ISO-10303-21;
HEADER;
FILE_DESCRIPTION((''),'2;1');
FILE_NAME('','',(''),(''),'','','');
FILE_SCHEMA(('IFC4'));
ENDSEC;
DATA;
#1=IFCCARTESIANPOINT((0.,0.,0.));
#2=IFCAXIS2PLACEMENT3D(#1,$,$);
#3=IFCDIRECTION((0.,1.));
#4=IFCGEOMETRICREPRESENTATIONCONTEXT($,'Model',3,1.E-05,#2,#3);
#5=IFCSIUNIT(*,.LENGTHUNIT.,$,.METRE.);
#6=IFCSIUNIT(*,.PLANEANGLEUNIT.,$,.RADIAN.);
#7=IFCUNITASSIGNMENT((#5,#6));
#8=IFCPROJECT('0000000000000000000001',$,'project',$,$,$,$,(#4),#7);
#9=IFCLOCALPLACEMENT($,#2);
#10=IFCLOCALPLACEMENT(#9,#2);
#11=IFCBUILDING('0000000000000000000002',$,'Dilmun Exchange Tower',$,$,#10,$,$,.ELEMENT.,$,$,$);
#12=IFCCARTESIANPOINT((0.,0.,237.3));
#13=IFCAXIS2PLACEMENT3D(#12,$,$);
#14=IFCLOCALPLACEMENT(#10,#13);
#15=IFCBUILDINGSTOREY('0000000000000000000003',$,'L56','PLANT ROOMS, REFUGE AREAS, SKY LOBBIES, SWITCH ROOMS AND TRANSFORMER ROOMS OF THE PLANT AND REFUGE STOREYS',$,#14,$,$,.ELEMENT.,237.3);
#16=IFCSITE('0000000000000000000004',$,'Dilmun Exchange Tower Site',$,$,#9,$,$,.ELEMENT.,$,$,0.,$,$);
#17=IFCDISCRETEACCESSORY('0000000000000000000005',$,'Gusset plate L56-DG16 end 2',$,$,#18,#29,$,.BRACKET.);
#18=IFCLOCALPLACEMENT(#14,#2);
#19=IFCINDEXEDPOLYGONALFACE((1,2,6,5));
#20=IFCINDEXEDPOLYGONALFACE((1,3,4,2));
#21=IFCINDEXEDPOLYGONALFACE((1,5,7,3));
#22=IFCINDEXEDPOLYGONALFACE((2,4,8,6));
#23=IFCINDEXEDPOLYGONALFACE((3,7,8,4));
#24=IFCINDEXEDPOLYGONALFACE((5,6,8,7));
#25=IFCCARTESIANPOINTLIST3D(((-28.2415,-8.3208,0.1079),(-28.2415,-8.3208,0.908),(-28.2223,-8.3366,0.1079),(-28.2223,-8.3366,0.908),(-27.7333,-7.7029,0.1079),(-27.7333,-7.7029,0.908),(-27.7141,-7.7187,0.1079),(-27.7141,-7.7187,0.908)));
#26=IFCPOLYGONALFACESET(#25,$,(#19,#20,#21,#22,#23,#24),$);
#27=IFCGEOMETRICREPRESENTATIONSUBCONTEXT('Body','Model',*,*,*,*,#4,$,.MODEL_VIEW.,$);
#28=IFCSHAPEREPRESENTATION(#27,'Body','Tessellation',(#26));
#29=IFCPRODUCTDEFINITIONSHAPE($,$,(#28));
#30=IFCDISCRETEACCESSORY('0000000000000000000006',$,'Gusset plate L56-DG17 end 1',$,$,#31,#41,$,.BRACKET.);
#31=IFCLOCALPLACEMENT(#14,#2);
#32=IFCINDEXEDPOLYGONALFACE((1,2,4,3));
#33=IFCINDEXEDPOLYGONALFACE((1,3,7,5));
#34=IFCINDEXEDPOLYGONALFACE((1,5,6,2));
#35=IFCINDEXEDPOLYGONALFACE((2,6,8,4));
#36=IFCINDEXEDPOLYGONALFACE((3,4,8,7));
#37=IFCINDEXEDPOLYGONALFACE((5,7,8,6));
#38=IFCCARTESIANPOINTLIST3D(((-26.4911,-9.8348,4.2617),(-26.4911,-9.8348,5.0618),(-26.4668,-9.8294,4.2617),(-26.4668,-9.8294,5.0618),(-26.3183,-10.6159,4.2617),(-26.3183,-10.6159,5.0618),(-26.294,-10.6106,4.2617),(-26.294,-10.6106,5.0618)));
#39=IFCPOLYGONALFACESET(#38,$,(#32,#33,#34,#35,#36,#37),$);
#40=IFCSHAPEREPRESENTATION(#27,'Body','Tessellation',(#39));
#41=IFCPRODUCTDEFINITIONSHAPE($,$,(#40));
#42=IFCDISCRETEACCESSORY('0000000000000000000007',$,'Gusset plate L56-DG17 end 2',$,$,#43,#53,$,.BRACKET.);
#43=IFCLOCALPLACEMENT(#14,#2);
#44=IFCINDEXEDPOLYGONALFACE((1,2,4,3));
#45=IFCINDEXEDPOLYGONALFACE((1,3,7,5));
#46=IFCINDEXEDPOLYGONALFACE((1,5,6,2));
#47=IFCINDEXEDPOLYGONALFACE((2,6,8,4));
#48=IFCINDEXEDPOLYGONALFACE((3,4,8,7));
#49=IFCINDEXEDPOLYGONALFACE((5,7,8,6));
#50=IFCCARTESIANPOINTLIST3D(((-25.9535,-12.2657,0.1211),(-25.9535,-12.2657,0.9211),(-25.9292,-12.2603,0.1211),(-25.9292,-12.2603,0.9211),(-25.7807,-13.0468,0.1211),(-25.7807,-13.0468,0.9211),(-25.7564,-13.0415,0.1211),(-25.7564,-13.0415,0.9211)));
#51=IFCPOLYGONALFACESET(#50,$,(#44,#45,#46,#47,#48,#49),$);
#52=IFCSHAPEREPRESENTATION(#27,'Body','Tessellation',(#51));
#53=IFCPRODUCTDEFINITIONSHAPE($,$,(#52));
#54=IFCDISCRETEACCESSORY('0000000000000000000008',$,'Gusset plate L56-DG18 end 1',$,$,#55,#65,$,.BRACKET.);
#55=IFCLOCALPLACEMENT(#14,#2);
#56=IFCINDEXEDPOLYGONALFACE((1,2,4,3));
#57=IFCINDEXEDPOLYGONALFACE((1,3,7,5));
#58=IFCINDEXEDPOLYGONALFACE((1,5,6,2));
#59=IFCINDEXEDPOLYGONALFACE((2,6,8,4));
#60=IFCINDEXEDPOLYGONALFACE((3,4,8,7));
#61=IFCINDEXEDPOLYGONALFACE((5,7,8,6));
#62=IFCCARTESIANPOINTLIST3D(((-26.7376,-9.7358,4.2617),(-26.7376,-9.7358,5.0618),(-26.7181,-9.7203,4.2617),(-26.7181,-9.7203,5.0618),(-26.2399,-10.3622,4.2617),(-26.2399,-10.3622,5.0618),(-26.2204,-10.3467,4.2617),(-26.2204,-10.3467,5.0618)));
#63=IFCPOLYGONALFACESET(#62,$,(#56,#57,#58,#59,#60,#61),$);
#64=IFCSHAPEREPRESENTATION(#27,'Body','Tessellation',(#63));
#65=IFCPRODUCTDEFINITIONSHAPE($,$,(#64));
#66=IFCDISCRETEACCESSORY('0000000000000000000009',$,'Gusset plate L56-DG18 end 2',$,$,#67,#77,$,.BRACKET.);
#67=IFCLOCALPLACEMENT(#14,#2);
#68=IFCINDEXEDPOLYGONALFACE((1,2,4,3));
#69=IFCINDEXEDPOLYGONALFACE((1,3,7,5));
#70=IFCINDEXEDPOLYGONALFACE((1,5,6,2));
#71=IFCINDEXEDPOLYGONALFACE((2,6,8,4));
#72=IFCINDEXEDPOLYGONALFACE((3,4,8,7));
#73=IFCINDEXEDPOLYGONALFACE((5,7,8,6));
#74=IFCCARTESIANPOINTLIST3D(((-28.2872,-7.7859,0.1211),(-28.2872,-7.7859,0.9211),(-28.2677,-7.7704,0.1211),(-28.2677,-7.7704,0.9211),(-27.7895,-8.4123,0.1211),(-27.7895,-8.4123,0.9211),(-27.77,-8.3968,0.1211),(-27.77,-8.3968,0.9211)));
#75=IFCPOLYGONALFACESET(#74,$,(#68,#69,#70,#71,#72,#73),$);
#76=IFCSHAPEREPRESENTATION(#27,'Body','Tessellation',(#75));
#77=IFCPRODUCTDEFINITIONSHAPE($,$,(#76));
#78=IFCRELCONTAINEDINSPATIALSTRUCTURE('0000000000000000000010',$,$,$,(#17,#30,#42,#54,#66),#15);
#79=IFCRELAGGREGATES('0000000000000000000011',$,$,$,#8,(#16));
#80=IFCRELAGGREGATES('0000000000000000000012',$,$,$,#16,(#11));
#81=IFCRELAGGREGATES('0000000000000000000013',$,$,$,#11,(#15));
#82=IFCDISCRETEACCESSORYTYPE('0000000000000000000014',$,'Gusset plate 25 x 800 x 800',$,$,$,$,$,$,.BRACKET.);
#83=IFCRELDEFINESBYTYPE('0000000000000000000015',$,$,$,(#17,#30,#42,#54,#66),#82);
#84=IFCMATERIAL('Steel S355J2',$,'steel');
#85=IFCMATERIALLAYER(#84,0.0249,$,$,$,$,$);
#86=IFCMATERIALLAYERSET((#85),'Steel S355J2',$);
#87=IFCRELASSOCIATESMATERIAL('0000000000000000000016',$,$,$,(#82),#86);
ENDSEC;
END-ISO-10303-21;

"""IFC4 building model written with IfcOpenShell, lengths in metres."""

from ifc_helpers import new_model, si_unit, direction, frame, origin, origin_2d, place, context, subcontext, project, spatial, rectangle, extrude, material, layer, layer_set, type_object, element, save


model = new_model("IFC4")

# Units and contexts
model_context = context("Model", 3, precision=1e-05, world=origin(), true_north=direction((0.0, 1.0)))
body_context = subcontext(model_context, "Body", "Model", "MODEL_VIEW")
ifc_project = project(units=[si_unit("LENGTHUNIT", "METRE"), si_unit("PLANEANGLEUNIT", "RADIAN")], contexts=[model_context])

# Site, building, storey
site_placement = place(None, origin())
site = spatial("IfcSite", under=ifc_project, at=site_placement, Name="Dilmun Exchange Tower Site", CompositionType="ELEMENT", RefElevation=0.0)
building_placement = place(site_placement, origin())
building = spatial("IfcBuilding", under=site, at=building_placement, Name="Dilmun Exchange Tower", CompositionType="ELEMENT")
storey_placement = place(building_placement, frame((0.0, 0.0, 237.3)))
storey = spatial("IfcBuildingStorey", under=building, at=storey_placement, Name="L56", Description="PLANT ROOMS, REFUGE AREAS, SKY LOBBIES, SWITCH ROOMS AND TRANSFORMER ROOMS OF THE PLANT AND REFUGE STOREYS", CompositionType="ELEMENT", Elevation=237.3)

# Discrete accessories
ifc_material_1 = material(Name="Steel S355J2", Category="steel")
ifc_layer_1 = layer(ifc_material_1, 0.0249)
ifc_layer_set_1 = layer_set([ifc_layer_1], Name="Steel S355J2")
discrete_accessory_type = type_object("IfcDiscreteAccessoryType", Name="Gusset plate 25 x 800 x 800", PredefinedType="BRACKET", material=ifc_layer_set_1)
for number, where, z_axis, x_axis, name in (
    (1, (-27.9778, -8.0198, 0.1079), (0.0, 0.0, 1.0), (-0.635202, -0.772346, 0.0), "Gusset plate L56-DG16 end 2"),
    (2, (-26.3926, -10.2227, 4.2617), (0.0, 0.0, 1.0), (0.215973, -0.976399, 0.0), "Gusset plate L56-DG17 end 1"),
    (3, (-25.855, -12.6536, 0.1211), (0.0, 0.0, 1.0), (0.215973, -0.976399, 0.0), "Gusset plate L56-DG17 end 2"),
    (4, (-26.479, -10.0413, 4.2617), (0.0, 0.0, 1.0), (-0.622087, 0.782948, 0.0), "Gusset plate L56-DG18 end 1"),
    (5, (-28.0286, -8.0913, 0.1211), (0.0, 0.0, 1.0), (-0.622087, 0.782948, 0.0), "Gusset plate L56-DG18 end 2"),
):
    element("IfcDiscreteAccessory", number, at=place(storey_placement, frame(where, z_axis=z_axis, x_axis=x_axis)), inside=storey, type_object=discrete_accessory_type, Name=name, PredefinedType="BRACKET", context=body_context, shape_type="SweptSolid", body=[
        extrude(rectangle(XDim=0.8, YDim=0.0249, at=origin_2d()), origin(), (0.0, 0.0, 1.0), 0.8),
    ])

save(model, "model.ifc")
